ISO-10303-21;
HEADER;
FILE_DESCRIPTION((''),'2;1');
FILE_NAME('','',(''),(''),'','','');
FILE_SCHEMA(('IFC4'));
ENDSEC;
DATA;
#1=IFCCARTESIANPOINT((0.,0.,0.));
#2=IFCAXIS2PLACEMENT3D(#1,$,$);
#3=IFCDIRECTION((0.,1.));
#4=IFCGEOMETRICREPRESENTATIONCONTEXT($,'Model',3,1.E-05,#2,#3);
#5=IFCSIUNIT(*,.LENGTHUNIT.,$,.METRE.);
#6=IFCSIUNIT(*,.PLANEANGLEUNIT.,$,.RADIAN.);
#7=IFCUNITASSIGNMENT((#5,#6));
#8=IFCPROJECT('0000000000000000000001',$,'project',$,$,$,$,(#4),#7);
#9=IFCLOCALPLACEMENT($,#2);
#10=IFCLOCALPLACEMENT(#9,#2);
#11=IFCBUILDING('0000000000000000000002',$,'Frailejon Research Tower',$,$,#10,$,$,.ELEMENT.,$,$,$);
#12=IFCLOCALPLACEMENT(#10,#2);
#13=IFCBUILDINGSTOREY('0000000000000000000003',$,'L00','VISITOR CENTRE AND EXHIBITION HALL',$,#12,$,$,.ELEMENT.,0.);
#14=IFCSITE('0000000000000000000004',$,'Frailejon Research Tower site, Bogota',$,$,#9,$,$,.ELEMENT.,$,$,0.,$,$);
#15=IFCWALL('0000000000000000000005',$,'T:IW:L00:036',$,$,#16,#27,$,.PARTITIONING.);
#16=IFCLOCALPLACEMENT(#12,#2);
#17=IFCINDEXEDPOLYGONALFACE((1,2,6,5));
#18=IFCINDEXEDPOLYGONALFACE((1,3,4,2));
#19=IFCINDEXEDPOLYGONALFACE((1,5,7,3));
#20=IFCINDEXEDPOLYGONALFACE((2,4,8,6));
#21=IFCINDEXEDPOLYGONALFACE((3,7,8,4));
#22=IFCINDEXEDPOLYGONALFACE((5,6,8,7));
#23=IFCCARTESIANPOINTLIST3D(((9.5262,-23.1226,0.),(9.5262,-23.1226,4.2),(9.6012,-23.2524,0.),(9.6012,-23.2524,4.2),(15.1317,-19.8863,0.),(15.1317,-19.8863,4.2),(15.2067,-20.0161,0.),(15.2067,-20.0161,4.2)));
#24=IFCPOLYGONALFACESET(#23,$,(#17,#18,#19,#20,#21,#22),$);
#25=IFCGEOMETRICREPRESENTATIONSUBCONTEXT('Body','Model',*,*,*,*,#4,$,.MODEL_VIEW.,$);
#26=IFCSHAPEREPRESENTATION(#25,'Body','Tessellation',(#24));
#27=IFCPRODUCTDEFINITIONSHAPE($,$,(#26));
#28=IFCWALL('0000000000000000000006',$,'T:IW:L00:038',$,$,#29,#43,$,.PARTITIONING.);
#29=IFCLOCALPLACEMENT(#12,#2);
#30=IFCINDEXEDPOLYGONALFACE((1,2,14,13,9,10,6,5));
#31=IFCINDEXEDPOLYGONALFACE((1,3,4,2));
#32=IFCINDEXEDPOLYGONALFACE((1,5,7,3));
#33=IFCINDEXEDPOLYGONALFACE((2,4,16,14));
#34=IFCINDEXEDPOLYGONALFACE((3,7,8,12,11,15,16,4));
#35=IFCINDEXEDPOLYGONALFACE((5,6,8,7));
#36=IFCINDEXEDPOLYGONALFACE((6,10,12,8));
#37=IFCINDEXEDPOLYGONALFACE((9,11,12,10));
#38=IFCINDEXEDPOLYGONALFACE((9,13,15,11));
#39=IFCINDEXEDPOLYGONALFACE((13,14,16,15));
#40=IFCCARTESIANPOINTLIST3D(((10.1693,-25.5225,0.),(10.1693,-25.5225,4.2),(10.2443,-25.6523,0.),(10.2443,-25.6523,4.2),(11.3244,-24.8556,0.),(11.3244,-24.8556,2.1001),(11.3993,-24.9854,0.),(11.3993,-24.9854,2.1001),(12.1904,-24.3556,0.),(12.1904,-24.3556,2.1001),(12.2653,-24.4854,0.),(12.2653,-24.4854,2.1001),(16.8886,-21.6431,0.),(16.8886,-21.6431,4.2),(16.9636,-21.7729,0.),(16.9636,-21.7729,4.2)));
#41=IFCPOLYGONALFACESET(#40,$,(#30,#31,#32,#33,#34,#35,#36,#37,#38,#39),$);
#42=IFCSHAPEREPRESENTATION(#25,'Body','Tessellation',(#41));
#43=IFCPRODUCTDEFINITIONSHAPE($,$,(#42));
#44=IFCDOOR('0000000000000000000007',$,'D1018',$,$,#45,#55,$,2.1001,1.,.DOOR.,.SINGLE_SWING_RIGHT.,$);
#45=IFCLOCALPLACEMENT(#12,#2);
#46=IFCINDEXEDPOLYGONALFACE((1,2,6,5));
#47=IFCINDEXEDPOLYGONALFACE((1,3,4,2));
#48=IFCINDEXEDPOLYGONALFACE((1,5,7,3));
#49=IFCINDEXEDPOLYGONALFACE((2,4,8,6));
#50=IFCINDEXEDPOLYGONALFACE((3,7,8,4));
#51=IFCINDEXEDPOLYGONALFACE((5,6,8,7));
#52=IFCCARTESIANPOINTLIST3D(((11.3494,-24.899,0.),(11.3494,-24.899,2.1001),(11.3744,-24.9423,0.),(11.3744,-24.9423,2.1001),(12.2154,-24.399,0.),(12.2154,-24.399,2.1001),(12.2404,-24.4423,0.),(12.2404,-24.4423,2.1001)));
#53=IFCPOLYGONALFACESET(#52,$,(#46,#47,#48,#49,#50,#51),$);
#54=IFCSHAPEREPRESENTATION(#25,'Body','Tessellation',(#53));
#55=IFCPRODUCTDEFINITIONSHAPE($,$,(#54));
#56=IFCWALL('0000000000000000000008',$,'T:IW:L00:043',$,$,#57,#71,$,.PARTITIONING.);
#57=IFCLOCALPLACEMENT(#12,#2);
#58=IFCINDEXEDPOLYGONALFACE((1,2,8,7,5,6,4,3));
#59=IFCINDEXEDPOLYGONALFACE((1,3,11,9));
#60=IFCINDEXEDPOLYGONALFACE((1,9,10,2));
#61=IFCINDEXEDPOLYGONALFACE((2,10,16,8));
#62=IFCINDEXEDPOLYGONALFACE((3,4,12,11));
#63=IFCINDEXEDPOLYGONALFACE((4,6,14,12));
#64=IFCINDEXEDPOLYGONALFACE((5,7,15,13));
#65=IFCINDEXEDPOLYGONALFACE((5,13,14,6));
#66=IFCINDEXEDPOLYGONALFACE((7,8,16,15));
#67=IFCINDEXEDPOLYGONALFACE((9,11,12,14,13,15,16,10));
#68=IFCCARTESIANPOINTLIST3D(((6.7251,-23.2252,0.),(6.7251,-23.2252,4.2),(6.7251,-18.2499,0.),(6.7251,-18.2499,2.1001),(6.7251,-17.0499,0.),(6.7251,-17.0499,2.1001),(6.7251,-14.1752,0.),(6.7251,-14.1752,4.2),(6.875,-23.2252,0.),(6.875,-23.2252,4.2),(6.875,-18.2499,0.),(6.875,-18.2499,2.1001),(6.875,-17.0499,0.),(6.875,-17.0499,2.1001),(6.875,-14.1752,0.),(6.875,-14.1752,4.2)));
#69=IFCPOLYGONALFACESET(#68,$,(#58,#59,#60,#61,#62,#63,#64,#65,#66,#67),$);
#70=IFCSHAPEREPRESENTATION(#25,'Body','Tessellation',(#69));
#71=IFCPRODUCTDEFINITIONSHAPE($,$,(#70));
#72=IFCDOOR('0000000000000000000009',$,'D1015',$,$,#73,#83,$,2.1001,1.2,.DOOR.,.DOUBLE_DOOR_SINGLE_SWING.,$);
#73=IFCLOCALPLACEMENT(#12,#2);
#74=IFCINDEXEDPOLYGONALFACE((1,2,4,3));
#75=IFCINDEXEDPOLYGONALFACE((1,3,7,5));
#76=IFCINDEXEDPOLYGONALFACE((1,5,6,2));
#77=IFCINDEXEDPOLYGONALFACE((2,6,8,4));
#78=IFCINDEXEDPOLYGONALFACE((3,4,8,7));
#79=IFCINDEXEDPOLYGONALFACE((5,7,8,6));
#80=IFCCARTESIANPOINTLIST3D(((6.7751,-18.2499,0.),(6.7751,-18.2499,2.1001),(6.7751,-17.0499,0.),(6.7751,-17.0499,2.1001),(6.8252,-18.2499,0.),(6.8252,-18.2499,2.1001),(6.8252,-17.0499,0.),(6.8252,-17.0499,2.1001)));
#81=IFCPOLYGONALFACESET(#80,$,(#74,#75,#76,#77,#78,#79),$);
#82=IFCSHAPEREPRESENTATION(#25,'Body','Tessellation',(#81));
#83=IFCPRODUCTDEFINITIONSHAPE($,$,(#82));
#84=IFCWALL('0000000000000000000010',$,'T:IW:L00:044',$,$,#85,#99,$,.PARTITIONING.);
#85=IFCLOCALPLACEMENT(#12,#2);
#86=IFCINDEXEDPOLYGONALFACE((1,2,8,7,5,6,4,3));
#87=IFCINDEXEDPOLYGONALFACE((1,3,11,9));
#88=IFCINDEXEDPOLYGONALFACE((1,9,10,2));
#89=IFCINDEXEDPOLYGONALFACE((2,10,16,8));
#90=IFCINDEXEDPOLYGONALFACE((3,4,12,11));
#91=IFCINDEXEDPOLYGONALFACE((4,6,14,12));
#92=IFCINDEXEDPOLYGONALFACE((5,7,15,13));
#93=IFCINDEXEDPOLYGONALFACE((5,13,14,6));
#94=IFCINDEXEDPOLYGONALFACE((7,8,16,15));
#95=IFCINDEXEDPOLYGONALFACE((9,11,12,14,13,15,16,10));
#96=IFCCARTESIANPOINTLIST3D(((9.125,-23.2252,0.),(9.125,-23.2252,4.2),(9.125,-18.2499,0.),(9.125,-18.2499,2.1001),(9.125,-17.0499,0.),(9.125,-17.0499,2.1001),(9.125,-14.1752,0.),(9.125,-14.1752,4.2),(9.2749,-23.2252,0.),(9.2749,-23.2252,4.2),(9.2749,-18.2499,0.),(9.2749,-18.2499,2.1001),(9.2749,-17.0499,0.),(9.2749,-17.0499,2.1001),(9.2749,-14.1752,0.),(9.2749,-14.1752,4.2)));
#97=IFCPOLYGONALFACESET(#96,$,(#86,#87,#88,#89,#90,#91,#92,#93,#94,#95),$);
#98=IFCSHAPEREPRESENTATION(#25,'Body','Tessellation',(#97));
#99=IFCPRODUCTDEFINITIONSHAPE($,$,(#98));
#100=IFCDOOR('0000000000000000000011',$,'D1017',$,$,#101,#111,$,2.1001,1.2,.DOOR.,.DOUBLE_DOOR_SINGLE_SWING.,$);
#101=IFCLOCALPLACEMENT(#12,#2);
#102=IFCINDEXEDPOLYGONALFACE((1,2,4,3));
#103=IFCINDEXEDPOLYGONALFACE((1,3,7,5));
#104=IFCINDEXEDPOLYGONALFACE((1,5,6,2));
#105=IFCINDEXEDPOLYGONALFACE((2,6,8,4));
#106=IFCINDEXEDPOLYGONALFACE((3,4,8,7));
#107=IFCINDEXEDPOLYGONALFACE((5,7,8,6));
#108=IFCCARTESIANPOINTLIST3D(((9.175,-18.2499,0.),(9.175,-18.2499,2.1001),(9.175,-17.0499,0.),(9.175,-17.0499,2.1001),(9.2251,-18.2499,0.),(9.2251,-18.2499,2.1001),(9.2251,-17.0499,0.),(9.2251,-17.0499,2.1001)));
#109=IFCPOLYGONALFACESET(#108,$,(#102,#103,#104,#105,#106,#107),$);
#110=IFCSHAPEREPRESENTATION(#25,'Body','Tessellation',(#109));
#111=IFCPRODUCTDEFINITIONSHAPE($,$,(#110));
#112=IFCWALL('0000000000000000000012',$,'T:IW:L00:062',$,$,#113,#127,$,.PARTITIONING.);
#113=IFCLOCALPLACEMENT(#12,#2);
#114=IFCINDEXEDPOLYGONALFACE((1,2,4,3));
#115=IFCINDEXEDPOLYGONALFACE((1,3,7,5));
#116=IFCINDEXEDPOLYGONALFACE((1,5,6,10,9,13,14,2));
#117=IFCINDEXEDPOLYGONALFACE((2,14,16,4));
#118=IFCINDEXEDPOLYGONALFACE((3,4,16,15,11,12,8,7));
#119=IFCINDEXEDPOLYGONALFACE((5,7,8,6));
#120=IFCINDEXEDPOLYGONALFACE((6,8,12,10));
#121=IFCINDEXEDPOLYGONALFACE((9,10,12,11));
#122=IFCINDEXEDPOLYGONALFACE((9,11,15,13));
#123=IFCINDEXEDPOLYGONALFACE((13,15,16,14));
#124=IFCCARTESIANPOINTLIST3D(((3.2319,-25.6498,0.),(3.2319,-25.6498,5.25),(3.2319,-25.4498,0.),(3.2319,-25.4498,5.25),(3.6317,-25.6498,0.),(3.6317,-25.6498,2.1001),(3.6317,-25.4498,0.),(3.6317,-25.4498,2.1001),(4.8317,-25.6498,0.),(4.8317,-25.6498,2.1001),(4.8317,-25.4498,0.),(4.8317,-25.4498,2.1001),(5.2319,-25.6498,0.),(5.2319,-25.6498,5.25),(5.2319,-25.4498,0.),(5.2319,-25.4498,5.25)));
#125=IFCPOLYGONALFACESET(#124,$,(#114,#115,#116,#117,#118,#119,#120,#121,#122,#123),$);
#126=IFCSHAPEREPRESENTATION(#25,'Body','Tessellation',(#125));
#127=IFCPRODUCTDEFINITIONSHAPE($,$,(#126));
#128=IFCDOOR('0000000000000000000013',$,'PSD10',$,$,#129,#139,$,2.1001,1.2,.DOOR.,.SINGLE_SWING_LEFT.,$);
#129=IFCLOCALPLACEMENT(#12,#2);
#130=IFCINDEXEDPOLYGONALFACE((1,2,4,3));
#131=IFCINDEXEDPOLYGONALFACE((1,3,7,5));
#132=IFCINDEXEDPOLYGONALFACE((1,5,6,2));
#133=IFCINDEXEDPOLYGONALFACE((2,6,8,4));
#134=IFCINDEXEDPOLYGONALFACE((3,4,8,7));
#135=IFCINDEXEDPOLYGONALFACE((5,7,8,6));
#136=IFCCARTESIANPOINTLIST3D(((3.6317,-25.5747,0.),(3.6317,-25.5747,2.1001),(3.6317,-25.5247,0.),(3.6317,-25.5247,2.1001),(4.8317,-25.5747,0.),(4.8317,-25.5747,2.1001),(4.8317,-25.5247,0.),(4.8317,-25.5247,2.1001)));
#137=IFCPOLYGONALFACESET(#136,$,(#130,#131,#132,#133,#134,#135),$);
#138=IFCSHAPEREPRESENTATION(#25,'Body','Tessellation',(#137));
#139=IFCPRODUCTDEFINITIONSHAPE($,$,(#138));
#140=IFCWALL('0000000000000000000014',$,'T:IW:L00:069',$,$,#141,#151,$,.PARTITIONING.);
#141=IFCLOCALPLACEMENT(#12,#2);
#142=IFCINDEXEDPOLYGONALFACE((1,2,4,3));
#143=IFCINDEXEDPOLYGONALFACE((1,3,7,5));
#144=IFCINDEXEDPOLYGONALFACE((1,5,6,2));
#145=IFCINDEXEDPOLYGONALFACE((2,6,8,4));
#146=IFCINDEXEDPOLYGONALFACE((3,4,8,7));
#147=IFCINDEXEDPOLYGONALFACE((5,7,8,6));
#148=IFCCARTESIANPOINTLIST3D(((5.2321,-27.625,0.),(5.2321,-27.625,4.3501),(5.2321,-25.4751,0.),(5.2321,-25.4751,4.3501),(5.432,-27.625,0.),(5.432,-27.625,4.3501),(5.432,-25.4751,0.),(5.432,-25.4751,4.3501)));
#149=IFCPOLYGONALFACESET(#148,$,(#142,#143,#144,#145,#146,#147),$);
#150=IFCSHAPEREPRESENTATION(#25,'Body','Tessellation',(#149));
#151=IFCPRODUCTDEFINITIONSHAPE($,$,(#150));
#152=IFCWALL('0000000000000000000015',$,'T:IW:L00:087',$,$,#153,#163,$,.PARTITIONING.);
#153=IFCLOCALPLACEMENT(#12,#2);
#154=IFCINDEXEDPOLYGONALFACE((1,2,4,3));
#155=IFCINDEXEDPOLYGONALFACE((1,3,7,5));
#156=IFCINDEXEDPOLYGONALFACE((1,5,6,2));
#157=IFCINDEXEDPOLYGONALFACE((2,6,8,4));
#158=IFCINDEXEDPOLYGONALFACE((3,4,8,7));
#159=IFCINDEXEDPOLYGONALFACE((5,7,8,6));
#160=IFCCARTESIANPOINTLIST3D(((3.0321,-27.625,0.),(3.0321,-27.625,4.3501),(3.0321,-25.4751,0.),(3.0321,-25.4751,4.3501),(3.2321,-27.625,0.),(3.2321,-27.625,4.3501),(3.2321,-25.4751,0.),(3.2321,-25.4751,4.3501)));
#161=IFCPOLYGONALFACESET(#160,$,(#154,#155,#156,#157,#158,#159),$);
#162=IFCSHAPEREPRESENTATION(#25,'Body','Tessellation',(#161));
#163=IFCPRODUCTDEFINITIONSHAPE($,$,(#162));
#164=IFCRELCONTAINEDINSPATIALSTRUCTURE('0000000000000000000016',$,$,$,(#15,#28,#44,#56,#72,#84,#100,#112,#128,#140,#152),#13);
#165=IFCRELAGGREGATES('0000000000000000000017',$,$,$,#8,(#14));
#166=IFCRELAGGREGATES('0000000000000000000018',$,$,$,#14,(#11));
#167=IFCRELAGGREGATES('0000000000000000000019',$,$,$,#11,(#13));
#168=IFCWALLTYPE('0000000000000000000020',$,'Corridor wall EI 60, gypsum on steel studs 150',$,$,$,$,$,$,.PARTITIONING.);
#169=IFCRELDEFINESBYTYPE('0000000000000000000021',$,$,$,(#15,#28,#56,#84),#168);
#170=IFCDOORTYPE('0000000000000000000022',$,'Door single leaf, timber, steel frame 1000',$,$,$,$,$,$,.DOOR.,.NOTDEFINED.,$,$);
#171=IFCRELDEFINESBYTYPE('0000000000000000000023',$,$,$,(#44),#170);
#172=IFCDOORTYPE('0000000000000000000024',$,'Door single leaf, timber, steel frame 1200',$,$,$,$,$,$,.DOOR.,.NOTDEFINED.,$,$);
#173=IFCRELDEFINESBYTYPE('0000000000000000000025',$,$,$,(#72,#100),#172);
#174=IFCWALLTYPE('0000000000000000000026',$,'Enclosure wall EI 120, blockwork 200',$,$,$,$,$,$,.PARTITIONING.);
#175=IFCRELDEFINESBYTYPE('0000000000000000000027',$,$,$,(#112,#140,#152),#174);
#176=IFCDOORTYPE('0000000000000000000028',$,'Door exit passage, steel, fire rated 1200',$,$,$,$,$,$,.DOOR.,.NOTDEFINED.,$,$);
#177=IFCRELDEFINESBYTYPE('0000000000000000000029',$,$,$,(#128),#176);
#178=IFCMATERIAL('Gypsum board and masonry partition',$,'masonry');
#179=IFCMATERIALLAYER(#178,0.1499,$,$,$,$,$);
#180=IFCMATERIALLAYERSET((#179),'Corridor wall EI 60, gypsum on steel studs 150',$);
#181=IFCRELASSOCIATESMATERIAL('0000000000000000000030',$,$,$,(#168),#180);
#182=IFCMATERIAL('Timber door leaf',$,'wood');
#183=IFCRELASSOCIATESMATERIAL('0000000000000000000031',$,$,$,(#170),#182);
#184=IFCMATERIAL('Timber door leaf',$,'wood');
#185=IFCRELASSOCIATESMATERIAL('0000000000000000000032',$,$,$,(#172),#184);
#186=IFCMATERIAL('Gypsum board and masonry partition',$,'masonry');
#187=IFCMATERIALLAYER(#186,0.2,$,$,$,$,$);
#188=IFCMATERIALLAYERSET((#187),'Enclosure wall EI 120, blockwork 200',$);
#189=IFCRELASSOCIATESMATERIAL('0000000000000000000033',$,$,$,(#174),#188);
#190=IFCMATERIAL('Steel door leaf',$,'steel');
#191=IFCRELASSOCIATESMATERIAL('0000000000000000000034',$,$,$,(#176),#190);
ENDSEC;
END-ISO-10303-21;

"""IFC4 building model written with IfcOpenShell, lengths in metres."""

from ifc_helpers import new_model, si_unit, direction, frame, frame_2d, origin, place, context, subcontext, project, spatial, rectangle, extrude, material, layer, layer_set, type_object, element, fill, save


model = new_model("IFC4")

# Units and contexts
model_context = context("Model", 3, precision=1e-05, world=origin(), true_north=direction((0.0, 1.0)))
body_context = subcontext(model_context, "Body", "Model", "MODEL_VIEW")
ifc_project = project(units=[si_unit("LENGTHUNIT", "METRE"), si_unit("PLANEANGLEUNIT", "RADIAN")], contexts=[model_context])

# Site, building, storey
site_placement = place(None, origin())
site = spatial("IfcSite", under=ifc_project, at=site_placement, Name="Frailejon Research Tower site, Bogota", CompositionType="ELEMENT", RefElevation=0.0)
building_placement = place(site_placement, origin())
building = spatial("IfcBuilding", under=site, at=building_placement, Name="Frailejon Research Tower", CompositionType="ELEMENT")
storey_placement = place(building_placement, origin())
storey = spatial("IfcBuildingStorey", under=building, at=storey_placement, Name="L00", Description="VISITOR CENTRE AND EXHIBITION HALL", CompositionType="ELEMENT", Elevation=0.0)

# Wall
ifc_material_1 = material(Name="Gypsum board and masonry partition", Category="masonry")
ifc_layer_1 = layer(ifc_material_1, 0.1499)
ifc_layer_set_1 = layer_set([ifc_layer_1], Name="Corridor wall EI 60, gypsum on steel studs 150")
wall_type_1 = type_object("IfcWallType", Name="Corridor wall EI 60, gypsum on steel studs 150", PredefinedType="PARTITIONING", material=ifc_layer_set_1)
wall_1_placement = place(storey_placement, frame((9.5637, -23.1875, 0.0), z_axis=(0.0, 0.0, 1.0), x_axis=(0.866025, 0.500001, 0.0)))
element("IfcWall", 1, at=wall_1_placement, inside=storey, type_object=wall_type_1, Name="T:IW:L00:036", PredefinedType="PARTITIONING", context=body_context, shape_type="SweptSolid", body=[
    extrude(rectangle(XDim=6.4727, YDim=0.1499, at=frame_2d((3.2363, 0.0))), origin(), (0.0, 0.0, 1.0), 4.2),
])

# Walls, openings, doors
wall_2_placement = place(storey_placement, frame((10.2068, -25.5874, 0.0), z_axis=(0.0, 0.0, 1.0), x_axis=(0.866023, 0.500004, 0.0)))
wall_2 = element("IfcWall", 2, at=wall_2_placement, inside=storey, type_object=wall_type_1, Name="T:IW:L00:038", PredefinedType="PARTITIONING", context=body_context, shape_type="SweptSolid", body=[
    extrude(rectangle(XDim=7.7588, YDim=0.1499, at=frame_2d((3.8794, 0.0))), origin(), (0.0, 0.0, 1.0), 4.2),
])
opening_1_placement = place(wall_2_placement, frame((1.3337, 0.0, 0.0)))
opening_1 = element("IfcOpeningElement", 3, at=opening_1_placement, cuts=wall_2, PredefinedType="OPENING", context=body_context, shape_type="SweptSolid", body=[
    extrude(rectangle(XDim=1.0, YDim=2.1001, at=frame_2d((0.5, 1.05))), frame((0.0, 0.085, 0.0), z_axis=(0.0, -1.0, 0.0), x_axis=(1.0, 0.0, 0.0)), (0.0, 0.0, 1.0), 0.1699),
])
ifc_material_2 = material(Name="Timber door leaf", Category="wood")
door_type_1 = type_object("IfcDoorType", Name="Door single leaf, timber, steel frame 1000", OperationType="NOTDEFINED", PredefinedType="DOOR", material=ifc_material_2)
door_1_placement = place(opening_1_placement, origin())
door_1 = element("IfcDoor", 4, at=door_1_placement, inside=storey, type_object=door_type_1, Name="D1018", OperationType="SINGLE_SWING_RIGHT", OverallHeight=2.1001, OverallWidth=1.0, PredefinedType="DOOR", context=body_context, shape_type="SweptSolid", body=[
    extrude(rectangle(XDim=1.0, YDim=2.1001, at=frame_2d((0.5, 1.05))), frame((0.0, 0.0249, 0.0), z_axis=(0.0, -1.0, 0.0), x_axis=(1.0, 0.0, 0.0)), (0.0, 0.0, 1.0), 0.05),
])
fill(opening_1, door_1)
wall_3_placement = place(storey_placement, frame((6.8, -23.2251, 0.0), z_axis=(0.0, 0.0, 1.0), x_axis=(0.0, 1.0, 0.0)))
wall_3 = element("IfcWall", 5, at=wall_3_placement, inside=storey, type_object=wall_type_1, Name="T:IW:L00:043", PredefinedType="PARTITIONING", context=body_context, shape_type="SweptSolid", body=[
    extrude(rectangle(XDim=9.05, YDim=0.1499, at=frame_2d((4.5249, 0.0))), origin(), (0.0, 0.0, 1.0), 4.2),
])
opening_2_placement = place(wall_3_placement, frame((4.9751, 0.0, 0.0)))
opening_2 = element("IfcOpeningElement", 6, at=opening_2_placement, cuts=wall_3, PredefinedType="OPENING", context=body_context, shape_type="SweptSolid", body=[
    extrude(rectangle(XDim=1.2, YDim=2.1001, at=frame_2d((0.6001, 1.05))), frame((0.0, 0.085, 0.0), z_axis=(0.0, -1.0, 0.0), x_axis=(1.0, 0.0, 0.0)), (0.0, 0.0, 1.0), 0.1699),
])
ifc_material_3 = material(Name="Timber door leaf", Category="wood")
door_type_2 = type_object("IfcDoorType", Name="Door single leaf, timber, steel frame 1200", OperationType="NOTDEFINED", PredefinedType="DOOR", material=ifc_material_3)
door_2_placement = place(opening_2_placement, origin())
door_2 = element("IfcDoor", 7, at=door_2_placement, inside=storey, type_object=door_type_2, Name="D1015", OperationType="DOUBLE_DOOR_SINGLE_SWING", OverallHeight=2.1001, OverallWidth=1.2, PredefinedType="DOOR", context=body_context, shape_type="SweptSolid", body=[
    extrude(rectangle(XDim=1.2, YDim=2.1001, at=frame_2d((0.6001, 1.05))), frame((0.0, 0.0249, 0.0), z_axis=(0.0, -1.0, 0.0), x_axis=(1.0, 0.0, 0.0)), (0.0, 0.0, 1.0), 0.05),
])
fill(opening_2, door_2)
wall_4_placement = place(storey_placement, frame((9.2, -23.2251, 0.0), z_axis=(0.0, 0.0, 1.0), x_axis=(0.0, 1.0, 0.0)))
wall_4 = element("IfcWall", 8, at=wall_4_placement, inside=storey, type_object=wall_type_1, Name="T:IW:L00:044", PredefinedType="PARTITIONING", context=body_context, shape_type="SweptSolid", body=[
    extrude(rectangle(XDim=9.05, YDim=0.1499, at=frame_2d((4.5249, 0.0))), origin(), (0.0, 0.0, 1.0), 4.2),
])
opening_3_placement = place(wall_4_placement, frame((4.9751, 0.0, 0.0)))
opening_3 = element("IfcOpeningElement", 9, at=opening_3_placement, cuts=wall_4, PredefinedType="OPENING", context=body_context, shape_type="SweptSolid", body=[
    extrude(rectangle(XDim=1.2, YDim=2.1001, at=frame_2d((0.6001, 1.05))), frame((0.0, 0.085, 0.0), z_axis=(0.0, -1.0, 0.0), x_axis=(1.0, 0.0, 0.0)), (0.0, 0.0, 1.0), 0.1699),
])
door_3_placement = place(opening_3_placement, origin())
door_3 = element("IfcDoor", 10, at=door_3_placement, inside=storey, type_object=door_type_2, Name="D1017", OperationType="DOUBLE_DOOR_SINGLE_SWING", OverallHeight=2.1001, OverallWidth=1.2, PredefinedType="DOOR", context=body_context, shape_type="SweptSolid", body=[
    extrude(rectangle(XDim=1.2, YDim=2.1001, at=frame_2d((0.6001, 1.05))), frame((0.0, 0.0249, 0.0), z_axis=(0.0, -1.0, 0.0), x_axis=(1.0, 0.0, 0.0)), (0.0, 0.0, 1.0), 0.05),
])
fill(opening_3, door_3)
ifc_material_4 = material(Name="Gypsum board and masonry partition", Category="masonry")
ifc_layer_2 = layer(ifc_material_4, 0.2)
ifc_layer_set_2 = layer_set([ifc_layer_2], Name="Enclosure wall EI 120, blockwork 200")
wall_type_2 = type_object("IfcWallType", Name="Enclosure wall EI 120, blockwork 200", PredefinedType="PARTITIONING", material=ifc_layer_set_2)
wall_5_placement = place(storey_placement, frame((3.2319, -25.5498, 0.0), z_axis=(0.0, 0.0, 1.0), x_axis=(1.0, 0.0, 0.0)))
wall_5 = element("IfcWall", 11, at=wall_5_placement, inside=storey, type_object=wall_type_2, Name="T:IW:L00:062", PredefinedType="PARTITIONING", context=body_context, shape_type="SweptSolid", body=[
    extrude(rectangle(XDim=2.0, YDim=0.2, at=frame_2d((1.0, 0.0))), origin(), (0.0, 0.0, 1.0), 5.25),
])
opening_4_placement = place(wall_5_placement, frame((1.5999, 0.0, 0.0), z_axis=(0.0, 0.0, 1.0), x_axis=(-1.0, 0.0, 0.0)))
opening_4 = element("IfcOpeningElement", 12, at=opening_4_placement, cuts=wall_5, PredefinedType="OPENING", context=body_context, shape_type="SweptSolid", body=[
    extrude(rectangle(XDim=1.2, YDim=2.1001, at=frame_2d((0.6001, 1.05))), frame((0.0, 0.1099, 0.0), z_axis=(0.0, -1.0, 0.0), x_axis=(1.0, 0.0, 0.0)), (0.0, 0.0, 1.0), 0.22),
])
ifc_material_5 = material(Name="Steel door leaf", Category="steel")
door_type_3 = type_object("IfcDoorType", Name="Door exit passage, steel, fire rated 1200", OperationType="NOTDEFINED", PredefinedType="DOOR", material=ifc_material_5)
door_4_placement = place(opening_4_placement, origin())
door_4 = element("IfcDoor", 13, at=door_4_placement, inside=storey, type_object=door_type_3, Name="PSD10", OperationType="SINGLE_SWING_LEFT", OverallHeight=2.1001, OverallWidth=1.2, PredefinedType="DOOR", context=body_context, shape_type="SweptSolid", body=[
    extrude(rectangle(XDim=1.2, YDim=2.1001, at=frame_2d((0.6001, 1.05))), frame((0.0, 0.0249, 0.0), z_axis=(0.0, -1.0, 0.0), x_axis=(1.0, 0.0, 0.0)), (0.0, 0.0, 1.0), 0.05),
])
fill(opening_4, door_4)

# Walls
for number, where, z_axis, x_axis, name in (
    (14, (5.332, -27.625, 0.0), (0.0, 0.0, 1.0), (0.0, 1.0, 0.0), "T:IW:L00:069"),
    (15, (3.1321, -27.625, 0.0), (0.0, 0.0, 1.0), (0.0, 1.0, 0.0), "T:IW:L00:087"),
):
    element("IfcWall", number, at=place(storey_placement, frame(where, z_axis=z_axis, x_axis=x_axis)), inside=storey, type_object=wall_type_2, Name=name, PredefinedType="PARTITIONING", context=body_context, shape_type="SweptSolid", body=[
        extrude(rectangle(XDim=2.1499, YDim=0.2, at=frame_2d((1.075, 0.0))), origin(), (0.0, 0.0, 1.0), 4.3501),
    ])

save(model, "model.ifc")
